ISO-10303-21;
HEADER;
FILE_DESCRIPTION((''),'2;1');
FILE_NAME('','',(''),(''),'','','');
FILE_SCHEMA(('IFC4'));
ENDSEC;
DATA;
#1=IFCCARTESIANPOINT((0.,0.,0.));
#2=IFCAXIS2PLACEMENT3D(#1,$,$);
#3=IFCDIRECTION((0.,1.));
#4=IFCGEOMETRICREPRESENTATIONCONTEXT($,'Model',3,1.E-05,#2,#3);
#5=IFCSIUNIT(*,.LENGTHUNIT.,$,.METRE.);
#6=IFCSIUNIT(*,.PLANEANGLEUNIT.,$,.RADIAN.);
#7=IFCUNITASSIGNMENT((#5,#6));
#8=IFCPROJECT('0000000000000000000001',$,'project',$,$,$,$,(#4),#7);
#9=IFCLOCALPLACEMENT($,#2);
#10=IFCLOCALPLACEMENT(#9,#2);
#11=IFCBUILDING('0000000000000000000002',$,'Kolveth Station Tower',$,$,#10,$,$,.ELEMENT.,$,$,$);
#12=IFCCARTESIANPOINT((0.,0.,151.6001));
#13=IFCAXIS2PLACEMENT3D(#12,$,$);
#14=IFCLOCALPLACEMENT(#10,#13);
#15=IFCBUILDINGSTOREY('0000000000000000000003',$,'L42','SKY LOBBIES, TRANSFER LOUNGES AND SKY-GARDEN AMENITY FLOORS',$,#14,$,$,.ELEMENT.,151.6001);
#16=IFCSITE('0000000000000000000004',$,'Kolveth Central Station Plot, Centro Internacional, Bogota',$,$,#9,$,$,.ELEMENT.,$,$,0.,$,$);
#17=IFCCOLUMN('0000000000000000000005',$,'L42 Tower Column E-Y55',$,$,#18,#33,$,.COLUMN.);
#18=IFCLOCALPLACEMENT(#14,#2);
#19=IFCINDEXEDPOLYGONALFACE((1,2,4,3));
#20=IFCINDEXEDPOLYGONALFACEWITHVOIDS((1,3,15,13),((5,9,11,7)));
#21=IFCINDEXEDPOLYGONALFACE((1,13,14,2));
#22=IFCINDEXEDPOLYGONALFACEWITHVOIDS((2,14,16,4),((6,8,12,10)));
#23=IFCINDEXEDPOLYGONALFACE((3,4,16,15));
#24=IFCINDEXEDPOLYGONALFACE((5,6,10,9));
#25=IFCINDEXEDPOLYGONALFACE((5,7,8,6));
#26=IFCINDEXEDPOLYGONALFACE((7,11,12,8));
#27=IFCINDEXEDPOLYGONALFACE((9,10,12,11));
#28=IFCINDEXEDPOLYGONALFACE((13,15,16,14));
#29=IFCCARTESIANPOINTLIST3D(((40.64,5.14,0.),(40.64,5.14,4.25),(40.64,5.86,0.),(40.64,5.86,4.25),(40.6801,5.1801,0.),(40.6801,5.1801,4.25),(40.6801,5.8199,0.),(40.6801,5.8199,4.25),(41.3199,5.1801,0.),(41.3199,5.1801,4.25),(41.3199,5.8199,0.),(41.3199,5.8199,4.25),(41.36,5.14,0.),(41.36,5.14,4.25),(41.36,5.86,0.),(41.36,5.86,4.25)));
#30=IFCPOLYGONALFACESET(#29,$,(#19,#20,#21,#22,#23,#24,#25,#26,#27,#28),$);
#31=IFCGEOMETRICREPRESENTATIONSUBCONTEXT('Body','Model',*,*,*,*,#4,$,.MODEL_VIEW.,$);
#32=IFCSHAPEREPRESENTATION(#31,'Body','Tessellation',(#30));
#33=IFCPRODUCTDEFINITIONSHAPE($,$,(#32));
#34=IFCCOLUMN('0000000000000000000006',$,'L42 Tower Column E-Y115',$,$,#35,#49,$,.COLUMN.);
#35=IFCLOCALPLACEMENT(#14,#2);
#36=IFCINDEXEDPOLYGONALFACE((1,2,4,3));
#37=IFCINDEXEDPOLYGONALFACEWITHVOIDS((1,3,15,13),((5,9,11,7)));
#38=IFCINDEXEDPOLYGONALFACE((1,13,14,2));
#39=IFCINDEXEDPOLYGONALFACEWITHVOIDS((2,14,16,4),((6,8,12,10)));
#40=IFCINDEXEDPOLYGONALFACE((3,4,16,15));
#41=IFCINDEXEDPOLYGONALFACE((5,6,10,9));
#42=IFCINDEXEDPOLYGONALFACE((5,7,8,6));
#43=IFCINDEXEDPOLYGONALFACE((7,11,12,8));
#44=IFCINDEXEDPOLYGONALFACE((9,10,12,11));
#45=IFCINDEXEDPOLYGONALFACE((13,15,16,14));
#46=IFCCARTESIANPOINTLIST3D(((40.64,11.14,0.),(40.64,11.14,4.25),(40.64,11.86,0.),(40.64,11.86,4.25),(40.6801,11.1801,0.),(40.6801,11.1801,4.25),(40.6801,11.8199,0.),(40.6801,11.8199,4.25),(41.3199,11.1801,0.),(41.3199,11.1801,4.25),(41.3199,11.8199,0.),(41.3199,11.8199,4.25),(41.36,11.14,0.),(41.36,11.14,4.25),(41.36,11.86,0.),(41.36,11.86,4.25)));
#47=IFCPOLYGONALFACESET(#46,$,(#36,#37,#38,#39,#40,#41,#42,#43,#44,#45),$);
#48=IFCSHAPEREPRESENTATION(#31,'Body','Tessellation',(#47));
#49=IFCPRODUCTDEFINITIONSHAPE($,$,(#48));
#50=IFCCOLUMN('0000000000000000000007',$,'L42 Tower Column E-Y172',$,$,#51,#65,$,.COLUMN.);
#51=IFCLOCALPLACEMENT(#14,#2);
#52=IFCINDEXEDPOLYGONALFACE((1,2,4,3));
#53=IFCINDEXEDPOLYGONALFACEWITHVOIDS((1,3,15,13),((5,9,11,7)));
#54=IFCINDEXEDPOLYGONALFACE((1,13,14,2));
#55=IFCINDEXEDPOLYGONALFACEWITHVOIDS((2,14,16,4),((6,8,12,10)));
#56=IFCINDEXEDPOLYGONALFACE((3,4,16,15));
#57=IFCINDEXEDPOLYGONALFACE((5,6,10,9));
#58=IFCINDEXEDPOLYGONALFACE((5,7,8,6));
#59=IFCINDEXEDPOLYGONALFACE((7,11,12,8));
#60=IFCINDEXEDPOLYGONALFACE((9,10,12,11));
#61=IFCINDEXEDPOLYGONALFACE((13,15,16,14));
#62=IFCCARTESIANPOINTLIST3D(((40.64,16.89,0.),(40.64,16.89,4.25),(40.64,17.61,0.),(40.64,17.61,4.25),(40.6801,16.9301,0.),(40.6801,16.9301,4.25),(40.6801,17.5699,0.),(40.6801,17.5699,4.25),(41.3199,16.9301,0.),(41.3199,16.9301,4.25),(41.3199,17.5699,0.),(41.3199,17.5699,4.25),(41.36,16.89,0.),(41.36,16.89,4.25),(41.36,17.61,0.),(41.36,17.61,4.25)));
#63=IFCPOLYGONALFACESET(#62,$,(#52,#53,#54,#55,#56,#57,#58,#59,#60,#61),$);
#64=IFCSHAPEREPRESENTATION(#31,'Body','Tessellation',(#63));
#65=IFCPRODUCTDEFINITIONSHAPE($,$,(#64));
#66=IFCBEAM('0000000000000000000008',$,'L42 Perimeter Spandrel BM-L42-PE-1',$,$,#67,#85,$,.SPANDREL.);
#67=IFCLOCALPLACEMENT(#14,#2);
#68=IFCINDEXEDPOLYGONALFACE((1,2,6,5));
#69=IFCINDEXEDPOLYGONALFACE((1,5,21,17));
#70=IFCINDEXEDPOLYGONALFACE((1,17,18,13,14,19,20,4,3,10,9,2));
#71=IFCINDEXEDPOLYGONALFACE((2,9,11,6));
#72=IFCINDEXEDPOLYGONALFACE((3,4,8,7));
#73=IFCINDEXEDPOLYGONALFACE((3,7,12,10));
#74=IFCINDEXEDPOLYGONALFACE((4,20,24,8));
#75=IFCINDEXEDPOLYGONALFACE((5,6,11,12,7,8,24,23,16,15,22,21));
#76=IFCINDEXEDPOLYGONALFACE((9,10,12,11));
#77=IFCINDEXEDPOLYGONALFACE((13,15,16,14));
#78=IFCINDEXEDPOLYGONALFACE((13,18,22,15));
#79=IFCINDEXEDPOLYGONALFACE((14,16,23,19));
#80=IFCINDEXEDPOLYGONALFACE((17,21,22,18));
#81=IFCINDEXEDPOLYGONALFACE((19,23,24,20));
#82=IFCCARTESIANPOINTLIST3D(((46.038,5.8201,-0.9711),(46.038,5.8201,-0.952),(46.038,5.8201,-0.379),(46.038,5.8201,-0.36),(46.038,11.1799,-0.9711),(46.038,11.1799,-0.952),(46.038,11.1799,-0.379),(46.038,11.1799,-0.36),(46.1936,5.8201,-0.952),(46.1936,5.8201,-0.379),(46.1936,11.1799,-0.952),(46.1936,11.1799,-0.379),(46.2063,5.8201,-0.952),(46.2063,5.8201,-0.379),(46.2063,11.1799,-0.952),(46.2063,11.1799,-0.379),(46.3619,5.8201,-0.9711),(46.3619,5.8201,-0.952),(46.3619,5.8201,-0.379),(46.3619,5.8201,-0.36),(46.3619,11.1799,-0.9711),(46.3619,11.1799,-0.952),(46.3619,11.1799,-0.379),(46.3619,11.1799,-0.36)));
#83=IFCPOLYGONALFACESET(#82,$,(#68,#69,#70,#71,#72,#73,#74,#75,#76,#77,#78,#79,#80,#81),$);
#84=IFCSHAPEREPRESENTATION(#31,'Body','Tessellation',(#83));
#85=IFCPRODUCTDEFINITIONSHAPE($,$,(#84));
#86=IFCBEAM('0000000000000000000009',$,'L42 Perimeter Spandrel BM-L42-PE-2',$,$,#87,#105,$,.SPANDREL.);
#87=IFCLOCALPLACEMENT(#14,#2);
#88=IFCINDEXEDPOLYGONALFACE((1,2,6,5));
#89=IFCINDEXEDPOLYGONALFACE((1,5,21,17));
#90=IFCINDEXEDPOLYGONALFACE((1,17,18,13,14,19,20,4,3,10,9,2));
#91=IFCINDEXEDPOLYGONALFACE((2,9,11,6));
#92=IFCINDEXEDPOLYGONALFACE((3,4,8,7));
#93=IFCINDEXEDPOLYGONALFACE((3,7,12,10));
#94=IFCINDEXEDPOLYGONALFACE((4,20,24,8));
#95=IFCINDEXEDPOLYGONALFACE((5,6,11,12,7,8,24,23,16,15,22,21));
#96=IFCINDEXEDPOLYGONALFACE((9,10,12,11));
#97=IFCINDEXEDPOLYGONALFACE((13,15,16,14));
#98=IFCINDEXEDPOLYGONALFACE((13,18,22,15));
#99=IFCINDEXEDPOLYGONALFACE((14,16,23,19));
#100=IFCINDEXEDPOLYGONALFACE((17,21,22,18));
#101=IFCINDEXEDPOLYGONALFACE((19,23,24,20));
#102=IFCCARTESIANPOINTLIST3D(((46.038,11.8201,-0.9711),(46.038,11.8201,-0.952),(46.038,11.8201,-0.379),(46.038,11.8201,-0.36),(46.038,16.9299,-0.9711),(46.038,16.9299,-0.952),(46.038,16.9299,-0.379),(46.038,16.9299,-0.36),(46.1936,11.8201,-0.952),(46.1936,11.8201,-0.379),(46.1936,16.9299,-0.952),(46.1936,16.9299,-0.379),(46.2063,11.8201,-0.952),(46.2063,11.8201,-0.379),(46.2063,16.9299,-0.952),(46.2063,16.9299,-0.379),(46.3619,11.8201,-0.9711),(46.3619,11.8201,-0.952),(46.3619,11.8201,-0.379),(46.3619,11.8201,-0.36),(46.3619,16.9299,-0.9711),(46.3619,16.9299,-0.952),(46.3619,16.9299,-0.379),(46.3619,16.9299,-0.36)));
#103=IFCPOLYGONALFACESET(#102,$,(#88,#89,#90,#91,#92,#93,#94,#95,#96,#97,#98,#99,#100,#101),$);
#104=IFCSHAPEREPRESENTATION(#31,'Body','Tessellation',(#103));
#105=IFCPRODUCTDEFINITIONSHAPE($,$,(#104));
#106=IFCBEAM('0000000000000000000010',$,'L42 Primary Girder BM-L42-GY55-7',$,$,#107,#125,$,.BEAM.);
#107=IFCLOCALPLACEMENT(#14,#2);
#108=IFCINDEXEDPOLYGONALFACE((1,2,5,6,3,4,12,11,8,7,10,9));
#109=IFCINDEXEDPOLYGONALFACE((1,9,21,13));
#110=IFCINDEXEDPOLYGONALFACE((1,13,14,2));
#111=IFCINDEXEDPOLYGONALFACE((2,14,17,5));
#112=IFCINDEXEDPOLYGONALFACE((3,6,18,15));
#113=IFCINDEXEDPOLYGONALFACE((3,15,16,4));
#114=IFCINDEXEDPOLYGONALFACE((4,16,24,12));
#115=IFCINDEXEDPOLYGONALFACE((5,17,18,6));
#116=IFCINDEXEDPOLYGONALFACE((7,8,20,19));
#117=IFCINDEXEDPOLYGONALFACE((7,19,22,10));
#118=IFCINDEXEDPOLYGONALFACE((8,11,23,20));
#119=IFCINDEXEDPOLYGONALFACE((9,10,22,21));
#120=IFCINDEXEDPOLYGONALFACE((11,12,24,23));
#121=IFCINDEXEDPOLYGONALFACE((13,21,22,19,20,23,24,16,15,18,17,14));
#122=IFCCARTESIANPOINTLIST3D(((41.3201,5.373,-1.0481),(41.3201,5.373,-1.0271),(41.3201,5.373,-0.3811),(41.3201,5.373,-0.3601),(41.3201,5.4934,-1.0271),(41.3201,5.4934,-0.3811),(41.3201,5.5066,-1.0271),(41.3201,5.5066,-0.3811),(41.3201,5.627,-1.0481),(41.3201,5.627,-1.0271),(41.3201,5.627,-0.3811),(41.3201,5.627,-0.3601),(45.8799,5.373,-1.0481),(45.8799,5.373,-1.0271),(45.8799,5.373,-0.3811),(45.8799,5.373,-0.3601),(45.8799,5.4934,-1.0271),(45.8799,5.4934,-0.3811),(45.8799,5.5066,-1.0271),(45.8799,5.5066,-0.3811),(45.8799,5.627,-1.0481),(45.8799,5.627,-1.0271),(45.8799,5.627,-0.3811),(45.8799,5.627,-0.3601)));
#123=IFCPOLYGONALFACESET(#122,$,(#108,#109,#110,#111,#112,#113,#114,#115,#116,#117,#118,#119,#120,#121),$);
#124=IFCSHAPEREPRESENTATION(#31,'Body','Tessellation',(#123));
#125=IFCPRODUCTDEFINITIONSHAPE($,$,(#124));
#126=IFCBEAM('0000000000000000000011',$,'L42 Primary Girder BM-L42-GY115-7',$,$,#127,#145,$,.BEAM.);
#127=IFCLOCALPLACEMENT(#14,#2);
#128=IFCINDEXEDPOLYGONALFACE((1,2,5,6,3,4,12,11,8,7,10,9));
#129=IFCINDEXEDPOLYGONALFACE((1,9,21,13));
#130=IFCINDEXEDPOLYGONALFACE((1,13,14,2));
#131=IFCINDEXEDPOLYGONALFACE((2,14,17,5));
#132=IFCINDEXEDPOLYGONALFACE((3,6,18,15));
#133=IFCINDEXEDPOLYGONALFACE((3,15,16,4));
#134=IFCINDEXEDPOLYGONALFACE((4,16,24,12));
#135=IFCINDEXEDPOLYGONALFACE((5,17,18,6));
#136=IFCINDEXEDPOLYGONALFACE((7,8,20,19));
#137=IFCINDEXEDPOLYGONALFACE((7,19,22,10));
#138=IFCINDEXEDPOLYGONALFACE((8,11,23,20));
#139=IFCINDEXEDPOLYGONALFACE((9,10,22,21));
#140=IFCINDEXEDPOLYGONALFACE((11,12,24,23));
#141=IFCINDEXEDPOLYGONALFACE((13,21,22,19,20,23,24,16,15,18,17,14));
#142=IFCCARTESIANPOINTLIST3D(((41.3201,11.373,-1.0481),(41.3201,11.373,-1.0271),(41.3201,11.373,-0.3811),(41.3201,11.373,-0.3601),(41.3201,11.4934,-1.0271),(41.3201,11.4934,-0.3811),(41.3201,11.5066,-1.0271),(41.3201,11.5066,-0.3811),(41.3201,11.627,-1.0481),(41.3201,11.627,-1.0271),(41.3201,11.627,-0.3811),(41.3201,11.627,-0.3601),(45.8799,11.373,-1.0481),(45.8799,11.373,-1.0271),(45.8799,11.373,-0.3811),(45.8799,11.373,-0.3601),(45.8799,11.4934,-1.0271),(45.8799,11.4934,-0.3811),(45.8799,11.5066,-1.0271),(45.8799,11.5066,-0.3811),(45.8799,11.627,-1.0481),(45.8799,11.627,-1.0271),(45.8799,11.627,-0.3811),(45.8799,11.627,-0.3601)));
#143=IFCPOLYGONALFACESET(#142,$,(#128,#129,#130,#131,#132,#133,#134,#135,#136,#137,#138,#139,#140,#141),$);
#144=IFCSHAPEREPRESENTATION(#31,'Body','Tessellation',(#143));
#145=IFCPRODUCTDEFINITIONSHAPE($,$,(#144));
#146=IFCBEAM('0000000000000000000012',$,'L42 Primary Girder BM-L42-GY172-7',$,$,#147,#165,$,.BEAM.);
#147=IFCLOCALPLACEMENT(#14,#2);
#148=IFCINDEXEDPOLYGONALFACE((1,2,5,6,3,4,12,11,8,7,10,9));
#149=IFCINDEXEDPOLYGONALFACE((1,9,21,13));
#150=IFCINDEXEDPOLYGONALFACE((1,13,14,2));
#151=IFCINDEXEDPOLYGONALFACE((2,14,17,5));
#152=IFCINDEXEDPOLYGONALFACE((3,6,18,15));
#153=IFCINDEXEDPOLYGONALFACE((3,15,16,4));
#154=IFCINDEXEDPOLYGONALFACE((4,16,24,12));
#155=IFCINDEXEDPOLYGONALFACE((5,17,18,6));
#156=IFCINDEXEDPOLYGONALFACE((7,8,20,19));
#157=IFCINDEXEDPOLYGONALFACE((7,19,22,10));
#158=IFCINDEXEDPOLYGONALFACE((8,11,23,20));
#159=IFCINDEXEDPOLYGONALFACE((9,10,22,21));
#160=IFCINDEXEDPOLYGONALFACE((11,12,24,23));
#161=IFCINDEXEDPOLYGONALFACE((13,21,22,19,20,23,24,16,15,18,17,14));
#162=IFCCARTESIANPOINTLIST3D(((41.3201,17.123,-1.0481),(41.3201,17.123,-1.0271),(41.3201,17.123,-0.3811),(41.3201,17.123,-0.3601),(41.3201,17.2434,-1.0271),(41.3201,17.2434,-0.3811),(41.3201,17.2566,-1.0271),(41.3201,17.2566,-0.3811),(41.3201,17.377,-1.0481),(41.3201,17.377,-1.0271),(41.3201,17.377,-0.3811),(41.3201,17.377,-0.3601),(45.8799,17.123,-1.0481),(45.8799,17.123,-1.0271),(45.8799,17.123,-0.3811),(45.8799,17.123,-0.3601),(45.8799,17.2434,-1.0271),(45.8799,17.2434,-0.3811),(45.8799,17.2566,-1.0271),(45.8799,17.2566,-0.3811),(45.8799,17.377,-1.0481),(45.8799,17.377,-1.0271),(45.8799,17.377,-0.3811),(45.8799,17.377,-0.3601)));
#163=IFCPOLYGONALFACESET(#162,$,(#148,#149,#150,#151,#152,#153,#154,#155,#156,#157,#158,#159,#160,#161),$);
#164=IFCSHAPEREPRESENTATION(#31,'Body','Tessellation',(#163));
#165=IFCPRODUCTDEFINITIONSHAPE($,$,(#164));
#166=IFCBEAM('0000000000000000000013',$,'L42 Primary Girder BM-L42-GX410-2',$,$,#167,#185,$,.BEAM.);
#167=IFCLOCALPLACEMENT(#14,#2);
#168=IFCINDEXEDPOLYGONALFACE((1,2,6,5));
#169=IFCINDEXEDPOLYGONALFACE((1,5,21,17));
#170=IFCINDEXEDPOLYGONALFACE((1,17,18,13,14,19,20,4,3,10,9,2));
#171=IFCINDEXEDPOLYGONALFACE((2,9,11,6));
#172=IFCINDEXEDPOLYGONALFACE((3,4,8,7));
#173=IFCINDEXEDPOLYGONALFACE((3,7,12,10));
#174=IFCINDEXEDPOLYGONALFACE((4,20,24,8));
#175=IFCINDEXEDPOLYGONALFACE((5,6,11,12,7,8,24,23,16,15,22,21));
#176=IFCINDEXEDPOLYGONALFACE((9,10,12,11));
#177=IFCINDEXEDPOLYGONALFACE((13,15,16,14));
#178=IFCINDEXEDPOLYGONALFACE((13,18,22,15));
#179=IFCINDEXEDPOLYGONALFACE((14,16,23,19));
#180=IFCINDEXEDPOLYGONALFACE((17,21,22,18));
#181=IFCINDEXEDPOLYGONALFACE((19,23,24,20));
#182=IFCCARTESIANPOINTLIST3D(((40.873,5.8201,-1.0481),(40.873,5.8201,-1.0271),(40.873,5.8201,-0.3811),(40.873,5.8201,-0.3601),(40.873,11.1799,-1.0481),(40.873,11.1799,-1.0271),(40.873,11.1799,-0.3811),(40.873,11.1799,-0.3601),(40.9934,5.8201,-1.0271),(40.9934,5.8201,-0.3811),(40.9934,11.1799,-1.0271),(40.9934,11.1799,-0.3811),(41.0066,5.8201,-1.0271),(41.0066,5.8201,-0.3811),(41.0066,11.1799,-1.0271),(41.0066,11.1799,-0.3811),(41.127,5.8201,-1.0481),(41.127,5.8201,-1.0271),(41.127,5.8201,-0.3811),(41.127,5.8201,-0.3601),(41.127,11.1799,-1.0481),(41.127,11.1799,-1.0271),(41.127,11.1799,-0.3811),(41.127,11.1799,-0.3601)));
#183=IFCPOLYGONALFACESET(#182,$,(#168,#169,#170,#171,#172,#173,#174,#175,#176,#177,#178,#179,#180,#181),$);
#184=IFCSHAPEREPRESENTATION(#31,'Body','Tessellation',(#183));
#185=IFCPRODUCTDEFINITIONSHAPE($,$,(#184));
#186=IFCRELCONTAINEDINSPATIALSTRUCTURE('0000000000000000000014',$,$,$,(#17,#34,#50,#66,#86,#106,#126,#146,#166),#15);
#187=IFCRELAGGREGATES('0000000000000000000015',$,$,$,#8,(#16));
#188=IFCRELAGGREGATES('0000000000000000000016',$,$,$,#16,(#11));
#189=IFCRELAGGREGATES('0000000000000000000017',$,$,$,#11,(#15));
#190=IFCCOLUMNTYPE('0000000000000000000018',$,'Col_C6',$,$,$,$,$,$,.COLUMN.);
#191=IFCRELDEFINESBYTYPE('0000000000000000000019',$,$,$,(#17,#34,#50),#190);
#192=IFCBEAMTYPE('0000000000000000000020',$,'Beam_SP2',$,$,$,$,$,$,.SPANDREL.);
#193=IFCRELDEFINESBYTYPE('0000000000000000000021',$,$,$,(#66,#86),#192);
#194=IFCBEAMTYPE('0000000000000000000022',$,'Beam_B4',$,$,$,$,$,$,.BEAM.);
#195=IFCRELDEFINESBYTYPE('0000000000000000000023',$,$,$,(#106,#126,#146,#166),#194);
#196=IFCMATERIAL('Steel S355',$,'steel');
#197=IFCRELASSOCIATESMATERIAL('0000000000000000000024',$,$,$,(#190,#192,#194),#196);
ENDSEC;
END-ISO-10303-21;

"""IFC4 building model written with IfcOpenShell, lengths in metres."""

from ifc_helpers import new_model, si_unit, direction, frame, origin, origin_2d, place, context, subcontext, project, spatial, hollow_rectangle, i_section, extrude, source, transform, mapped, material, material_profile, profile_set, type_object, element, save


model = new_model("IFC4")

# Units and contexts
model_context = context("Model", 3, precision=1e-05, world=origin(), true_north=direction((0.0, 1.0)))
body_context = subcontext(model_context, "Body", "Model", "MODEL_VIEW")
ifc_project = project(units=[si_unit("LENGTHUNIT", "METRE"), si_unit("PLANEANGLEUNIT", "RADIAN")], contexts=[model_context])

# Site, building, storey
site_placement = place(None, origin())
site = spatial("IfcSite", under=ifc_project, at=site_placement, Name="Kolveth Central Station Plot, Centro Internacional, Bogota", CompositionType="ELEMENT", RefElevation=0.0)
building_placement = place(site_placement, origin())
building = spatial("IfcBuilding", under=site, at=building_placement, Name="Kolveth Station Tower", CompositionType="ELEMENT")
storey_placement = place(building_placement, frame((0.0, 0.0, 151.6001)))
storey = spatial("IfcBuildingStorey", under=building, at=storey_placement, Name="L42", Description="SKY LOBBIES, TRANSFER LOUNGES AND SKY-GARDEN AMENITY FLOORS", CompositionType="ELEMENT", Elevation=151.6001)

# Columns
ifc_material_1 = material(Name="Steel S355", Category="steel")
ifc_material_profile_1 = material_profile(ifc_material_1, hollow_rectangle(XDim=0.72, YDim=0.72, WallThickness=0.04, at=origin_2d()), Name="BOX720x720x40")
ifc_profile_set_1 = profile_set([ifc_material_profile_1], Name="Steel S355")
column_type = type_object("IfcColumnType", Name="Col_C6", PredefinedType="COLUMN", material=ifc_profile_set_1)
shared_shape_1 = source(origin(), body_context, "Body", "SweptSolid", [
    extrude(hollow_rectangle(XDim=0.72, YDim=0.72, WallThickness=0.04, at=origin_2d()), origin(), (0.0, 0.0, 1.0), 4.25),
])
for number, where, z_axis, x_axis, name in (
    (1, (41.0, 5.5, 0.0), (0.0, 0.0, 1.0), (1.0, 0.0, 0.0), "L42 Tower Column E-Y55"),
    (2, (41.0, 11.5, 0.0), (0.0, 0.0, 1.0), (1.0, 0.0, 0.0), "L42 Tower Column E-Y115"),
    (3, (41.0, 17.25, 0.0), (0.0, 0.0, 1.0), (1.0, 0.0, 0.0), "L42 Tower Column E-Y172"),
):
    element("IfcColumn", number, at=place(storey_placement, frame(where, z_axis=z_axis, x_axis=x_axis)), inside=storey, type_object=column_type, Name=name, PredefinedType="COLUMN", context=body_context, shape_type="MappedRepresentation", body=[
        mapped(shared_shape_1, transform((0.0, 0.0, 0.0), x_axis=(1.0, 0.0, 0.0), y_axis=(0.0, 1.0, 0.0), z_axis=(0.0, 0.0, 1.0), scale=1.0)),
    ])

# Beams
ifc_material_profile_2 = material_profile(ifc_material_1, i_section(OverallWidth=0.324, OverallDepth=0.6111, WebThickness=0.0127, FlangeThickness=0.019, at=origin_2d()), Name="W610x155")
ifc_profile_set_2 = profile_set([ifc_material_profile_2], Name="Steel S355")
beam_type_1 = type_object("IfcBeamType", Name="Beam_SP2", PredefinedType="SPANDREL", material=ifc_profile_set_2)
shared_shape_2 = source(origin(), body_context, "Body", "SweptSolid", [
    extrude(i_section(OverallWidth=0.324, OverallDepth=0.6111, WebThickness=0.0127, FlangeThickness=0.019, at=origin_2d()), origin(), (0.0, 0.0, 1.0), 5.3599),
])
beam_1_placement = place(storey_placement, frame((46.2, 5.8201, -0.6655), z_axis=(0.0, 1.0, 0.0), x_axis=(-1.0, 0.0, 0.0)))
element("IfcBeam", 4, at=beam_1_placement, inside=storey, type_object=beam_type_1, Name="L42 Perimeter Spandrel BM-L42-PE-1", PredefinedType="SPANDREL", context=body_context, shape_type="MappedRepresentation", body=[
    mapped(shared_shape_2, transform((0.0, 0.0, 0.0), x_axis=(1.0, 0.0, 0.0), y_axis=(0.0, 1.0, 0.0), z_axis=(0.0, 0.0, 1.0), scale=1.0)),
])
shared_shape_3 = source(origin(), body_context, "Body", "SweptSolid", [
    extrude(i_section(OverallWidth=0.324, OverallDepth=0.6111, WebThickness=0.0127, FlangeThickness=0.019, at=origin_2d()), origin(), (0.0, 0.0, 1.0), 5.1099),
])
beam_2_placement = place(storey_placement, frame((46.2, 11.8201, -0.6655), z_axis=(0.0, 1.0, 0.0), x_axis=(-1.0, 0.0, 0.0)))
element("IfcBeam", 5, at=beam_2_placement, inside=storey, type_object=beam_type_1, Name="L42 Perimeter Spandrel BM-L42-PE-2", PredefinedType="SPANDREL", context=body_context, shape_type="MappedRepresentation", body=[
    mapped(shared_shape_3, transform((0.0, 0.0, 0.0), x_axis=(1.0, 0.0, 0.0), y_axis=(0.0, 1.0, 0.0), z_axis=(0.0, 0.0, 1.0), scale=1.0)),
])
ifc_material_profile_3 = material_profile(ifc_material_1, i_section(OverallWidth=0.2539, OverallDepth=0.688, WebThickness=0.0132, FlangeThickness=0.021, at=origin_2d()), Name="W690x152")
ifc_profile_set_3 = profile_set([ifc_material_profile_3], Name="Steel S355")
beam_type_2 = type_object("IfcBeamType", Name="Beam_B4", PredefinedType="BEAM", material=ifc_profile_set_3)
shared_shape_4 = source(origin(), body_context, "Body", "SweptSolid", [
    extrude(i_section(OverallWidth=0.2539, OverallDepth=0.688, WebThickness=0.0132, FlangeThickness=0.021, at=origin_2d()), origin(), (0.0, 0.0, 1.0), 4.5598),
])
for number, where, z_axis, x_axis, name in (
    (6, (41.3201, 5.5, -0.7041), (1.0, 0.0, 0.0), (0.0, 1.0, 0.0), "L42 Primary Girder BM-L42-GY55-7"),
    (7, (41.3201, 11.5, -0.7041), (1.0, 0.0, 0.0), (0.0, 1.0, 0.0), "L42 Primary Girder BM-L42-GY115-7"),
    (8, (41.3201, 17.25, -0.7041), (1.0, 0.0, 0.0), (0.0, 1.0, 0.0), "L42 Primary Girder BM-L42-GY172-7"),
):
    element("IfcBeam", number, at=place(storey_placement, frame(where, z_axis=z_axis, x_axis=x_axis)), inside=storey, type_object=beam_type_2, Name=name, PredefinedType="BEAM", context=body_context, shape_type="MappedRepresentation", body=[
        mapped(shared_shape_4, transform((0.0, 0.0, 0.0), x_axis=(1.0, 0.0, 0.0), y_axis=(0.0, 1.0, 0.0), z_axis=(0.0, 0.0, 1.0), scale=1.0)),
    ])
shared_shape_5 = source(origin(), body_context, "Body", "SweptSolid", [
    extrude(i_section(OverallWidth=0.2539, OverallDepth=0.688, WebThickness=0.0132, FlangeThickness=0.021, at=origin_2d()), origin(), (0.0, 0.0, 1.0), 5.3599),
])
beam_3_placement = place(storey_placement, frame((41.0, 5.8201, -0.7041), z_axis=(0.0, 1.0, 0.0), x_axis=(-1.0, 0.0, 0.0)))
element("IfcBeam", 9, at=beam_3_placement, inside=storey, type_object=beam_type_2, Name="L42 Primary Girder BM-L42-GX410-2", PredefinedType="BEAM", context=body_context, shape_type="MappedRepresentation", body=[
    mapped(shared_shape_5, transform((0.0, 0.0, 0.0), x_axis=(1.0, 0.0, 0.0), y_axis=(0.0, 1.0, 0.0), z_axis=(0.0, 0.0, 1.0), scale=1.0)),
])

save(model, "model.ifc")
